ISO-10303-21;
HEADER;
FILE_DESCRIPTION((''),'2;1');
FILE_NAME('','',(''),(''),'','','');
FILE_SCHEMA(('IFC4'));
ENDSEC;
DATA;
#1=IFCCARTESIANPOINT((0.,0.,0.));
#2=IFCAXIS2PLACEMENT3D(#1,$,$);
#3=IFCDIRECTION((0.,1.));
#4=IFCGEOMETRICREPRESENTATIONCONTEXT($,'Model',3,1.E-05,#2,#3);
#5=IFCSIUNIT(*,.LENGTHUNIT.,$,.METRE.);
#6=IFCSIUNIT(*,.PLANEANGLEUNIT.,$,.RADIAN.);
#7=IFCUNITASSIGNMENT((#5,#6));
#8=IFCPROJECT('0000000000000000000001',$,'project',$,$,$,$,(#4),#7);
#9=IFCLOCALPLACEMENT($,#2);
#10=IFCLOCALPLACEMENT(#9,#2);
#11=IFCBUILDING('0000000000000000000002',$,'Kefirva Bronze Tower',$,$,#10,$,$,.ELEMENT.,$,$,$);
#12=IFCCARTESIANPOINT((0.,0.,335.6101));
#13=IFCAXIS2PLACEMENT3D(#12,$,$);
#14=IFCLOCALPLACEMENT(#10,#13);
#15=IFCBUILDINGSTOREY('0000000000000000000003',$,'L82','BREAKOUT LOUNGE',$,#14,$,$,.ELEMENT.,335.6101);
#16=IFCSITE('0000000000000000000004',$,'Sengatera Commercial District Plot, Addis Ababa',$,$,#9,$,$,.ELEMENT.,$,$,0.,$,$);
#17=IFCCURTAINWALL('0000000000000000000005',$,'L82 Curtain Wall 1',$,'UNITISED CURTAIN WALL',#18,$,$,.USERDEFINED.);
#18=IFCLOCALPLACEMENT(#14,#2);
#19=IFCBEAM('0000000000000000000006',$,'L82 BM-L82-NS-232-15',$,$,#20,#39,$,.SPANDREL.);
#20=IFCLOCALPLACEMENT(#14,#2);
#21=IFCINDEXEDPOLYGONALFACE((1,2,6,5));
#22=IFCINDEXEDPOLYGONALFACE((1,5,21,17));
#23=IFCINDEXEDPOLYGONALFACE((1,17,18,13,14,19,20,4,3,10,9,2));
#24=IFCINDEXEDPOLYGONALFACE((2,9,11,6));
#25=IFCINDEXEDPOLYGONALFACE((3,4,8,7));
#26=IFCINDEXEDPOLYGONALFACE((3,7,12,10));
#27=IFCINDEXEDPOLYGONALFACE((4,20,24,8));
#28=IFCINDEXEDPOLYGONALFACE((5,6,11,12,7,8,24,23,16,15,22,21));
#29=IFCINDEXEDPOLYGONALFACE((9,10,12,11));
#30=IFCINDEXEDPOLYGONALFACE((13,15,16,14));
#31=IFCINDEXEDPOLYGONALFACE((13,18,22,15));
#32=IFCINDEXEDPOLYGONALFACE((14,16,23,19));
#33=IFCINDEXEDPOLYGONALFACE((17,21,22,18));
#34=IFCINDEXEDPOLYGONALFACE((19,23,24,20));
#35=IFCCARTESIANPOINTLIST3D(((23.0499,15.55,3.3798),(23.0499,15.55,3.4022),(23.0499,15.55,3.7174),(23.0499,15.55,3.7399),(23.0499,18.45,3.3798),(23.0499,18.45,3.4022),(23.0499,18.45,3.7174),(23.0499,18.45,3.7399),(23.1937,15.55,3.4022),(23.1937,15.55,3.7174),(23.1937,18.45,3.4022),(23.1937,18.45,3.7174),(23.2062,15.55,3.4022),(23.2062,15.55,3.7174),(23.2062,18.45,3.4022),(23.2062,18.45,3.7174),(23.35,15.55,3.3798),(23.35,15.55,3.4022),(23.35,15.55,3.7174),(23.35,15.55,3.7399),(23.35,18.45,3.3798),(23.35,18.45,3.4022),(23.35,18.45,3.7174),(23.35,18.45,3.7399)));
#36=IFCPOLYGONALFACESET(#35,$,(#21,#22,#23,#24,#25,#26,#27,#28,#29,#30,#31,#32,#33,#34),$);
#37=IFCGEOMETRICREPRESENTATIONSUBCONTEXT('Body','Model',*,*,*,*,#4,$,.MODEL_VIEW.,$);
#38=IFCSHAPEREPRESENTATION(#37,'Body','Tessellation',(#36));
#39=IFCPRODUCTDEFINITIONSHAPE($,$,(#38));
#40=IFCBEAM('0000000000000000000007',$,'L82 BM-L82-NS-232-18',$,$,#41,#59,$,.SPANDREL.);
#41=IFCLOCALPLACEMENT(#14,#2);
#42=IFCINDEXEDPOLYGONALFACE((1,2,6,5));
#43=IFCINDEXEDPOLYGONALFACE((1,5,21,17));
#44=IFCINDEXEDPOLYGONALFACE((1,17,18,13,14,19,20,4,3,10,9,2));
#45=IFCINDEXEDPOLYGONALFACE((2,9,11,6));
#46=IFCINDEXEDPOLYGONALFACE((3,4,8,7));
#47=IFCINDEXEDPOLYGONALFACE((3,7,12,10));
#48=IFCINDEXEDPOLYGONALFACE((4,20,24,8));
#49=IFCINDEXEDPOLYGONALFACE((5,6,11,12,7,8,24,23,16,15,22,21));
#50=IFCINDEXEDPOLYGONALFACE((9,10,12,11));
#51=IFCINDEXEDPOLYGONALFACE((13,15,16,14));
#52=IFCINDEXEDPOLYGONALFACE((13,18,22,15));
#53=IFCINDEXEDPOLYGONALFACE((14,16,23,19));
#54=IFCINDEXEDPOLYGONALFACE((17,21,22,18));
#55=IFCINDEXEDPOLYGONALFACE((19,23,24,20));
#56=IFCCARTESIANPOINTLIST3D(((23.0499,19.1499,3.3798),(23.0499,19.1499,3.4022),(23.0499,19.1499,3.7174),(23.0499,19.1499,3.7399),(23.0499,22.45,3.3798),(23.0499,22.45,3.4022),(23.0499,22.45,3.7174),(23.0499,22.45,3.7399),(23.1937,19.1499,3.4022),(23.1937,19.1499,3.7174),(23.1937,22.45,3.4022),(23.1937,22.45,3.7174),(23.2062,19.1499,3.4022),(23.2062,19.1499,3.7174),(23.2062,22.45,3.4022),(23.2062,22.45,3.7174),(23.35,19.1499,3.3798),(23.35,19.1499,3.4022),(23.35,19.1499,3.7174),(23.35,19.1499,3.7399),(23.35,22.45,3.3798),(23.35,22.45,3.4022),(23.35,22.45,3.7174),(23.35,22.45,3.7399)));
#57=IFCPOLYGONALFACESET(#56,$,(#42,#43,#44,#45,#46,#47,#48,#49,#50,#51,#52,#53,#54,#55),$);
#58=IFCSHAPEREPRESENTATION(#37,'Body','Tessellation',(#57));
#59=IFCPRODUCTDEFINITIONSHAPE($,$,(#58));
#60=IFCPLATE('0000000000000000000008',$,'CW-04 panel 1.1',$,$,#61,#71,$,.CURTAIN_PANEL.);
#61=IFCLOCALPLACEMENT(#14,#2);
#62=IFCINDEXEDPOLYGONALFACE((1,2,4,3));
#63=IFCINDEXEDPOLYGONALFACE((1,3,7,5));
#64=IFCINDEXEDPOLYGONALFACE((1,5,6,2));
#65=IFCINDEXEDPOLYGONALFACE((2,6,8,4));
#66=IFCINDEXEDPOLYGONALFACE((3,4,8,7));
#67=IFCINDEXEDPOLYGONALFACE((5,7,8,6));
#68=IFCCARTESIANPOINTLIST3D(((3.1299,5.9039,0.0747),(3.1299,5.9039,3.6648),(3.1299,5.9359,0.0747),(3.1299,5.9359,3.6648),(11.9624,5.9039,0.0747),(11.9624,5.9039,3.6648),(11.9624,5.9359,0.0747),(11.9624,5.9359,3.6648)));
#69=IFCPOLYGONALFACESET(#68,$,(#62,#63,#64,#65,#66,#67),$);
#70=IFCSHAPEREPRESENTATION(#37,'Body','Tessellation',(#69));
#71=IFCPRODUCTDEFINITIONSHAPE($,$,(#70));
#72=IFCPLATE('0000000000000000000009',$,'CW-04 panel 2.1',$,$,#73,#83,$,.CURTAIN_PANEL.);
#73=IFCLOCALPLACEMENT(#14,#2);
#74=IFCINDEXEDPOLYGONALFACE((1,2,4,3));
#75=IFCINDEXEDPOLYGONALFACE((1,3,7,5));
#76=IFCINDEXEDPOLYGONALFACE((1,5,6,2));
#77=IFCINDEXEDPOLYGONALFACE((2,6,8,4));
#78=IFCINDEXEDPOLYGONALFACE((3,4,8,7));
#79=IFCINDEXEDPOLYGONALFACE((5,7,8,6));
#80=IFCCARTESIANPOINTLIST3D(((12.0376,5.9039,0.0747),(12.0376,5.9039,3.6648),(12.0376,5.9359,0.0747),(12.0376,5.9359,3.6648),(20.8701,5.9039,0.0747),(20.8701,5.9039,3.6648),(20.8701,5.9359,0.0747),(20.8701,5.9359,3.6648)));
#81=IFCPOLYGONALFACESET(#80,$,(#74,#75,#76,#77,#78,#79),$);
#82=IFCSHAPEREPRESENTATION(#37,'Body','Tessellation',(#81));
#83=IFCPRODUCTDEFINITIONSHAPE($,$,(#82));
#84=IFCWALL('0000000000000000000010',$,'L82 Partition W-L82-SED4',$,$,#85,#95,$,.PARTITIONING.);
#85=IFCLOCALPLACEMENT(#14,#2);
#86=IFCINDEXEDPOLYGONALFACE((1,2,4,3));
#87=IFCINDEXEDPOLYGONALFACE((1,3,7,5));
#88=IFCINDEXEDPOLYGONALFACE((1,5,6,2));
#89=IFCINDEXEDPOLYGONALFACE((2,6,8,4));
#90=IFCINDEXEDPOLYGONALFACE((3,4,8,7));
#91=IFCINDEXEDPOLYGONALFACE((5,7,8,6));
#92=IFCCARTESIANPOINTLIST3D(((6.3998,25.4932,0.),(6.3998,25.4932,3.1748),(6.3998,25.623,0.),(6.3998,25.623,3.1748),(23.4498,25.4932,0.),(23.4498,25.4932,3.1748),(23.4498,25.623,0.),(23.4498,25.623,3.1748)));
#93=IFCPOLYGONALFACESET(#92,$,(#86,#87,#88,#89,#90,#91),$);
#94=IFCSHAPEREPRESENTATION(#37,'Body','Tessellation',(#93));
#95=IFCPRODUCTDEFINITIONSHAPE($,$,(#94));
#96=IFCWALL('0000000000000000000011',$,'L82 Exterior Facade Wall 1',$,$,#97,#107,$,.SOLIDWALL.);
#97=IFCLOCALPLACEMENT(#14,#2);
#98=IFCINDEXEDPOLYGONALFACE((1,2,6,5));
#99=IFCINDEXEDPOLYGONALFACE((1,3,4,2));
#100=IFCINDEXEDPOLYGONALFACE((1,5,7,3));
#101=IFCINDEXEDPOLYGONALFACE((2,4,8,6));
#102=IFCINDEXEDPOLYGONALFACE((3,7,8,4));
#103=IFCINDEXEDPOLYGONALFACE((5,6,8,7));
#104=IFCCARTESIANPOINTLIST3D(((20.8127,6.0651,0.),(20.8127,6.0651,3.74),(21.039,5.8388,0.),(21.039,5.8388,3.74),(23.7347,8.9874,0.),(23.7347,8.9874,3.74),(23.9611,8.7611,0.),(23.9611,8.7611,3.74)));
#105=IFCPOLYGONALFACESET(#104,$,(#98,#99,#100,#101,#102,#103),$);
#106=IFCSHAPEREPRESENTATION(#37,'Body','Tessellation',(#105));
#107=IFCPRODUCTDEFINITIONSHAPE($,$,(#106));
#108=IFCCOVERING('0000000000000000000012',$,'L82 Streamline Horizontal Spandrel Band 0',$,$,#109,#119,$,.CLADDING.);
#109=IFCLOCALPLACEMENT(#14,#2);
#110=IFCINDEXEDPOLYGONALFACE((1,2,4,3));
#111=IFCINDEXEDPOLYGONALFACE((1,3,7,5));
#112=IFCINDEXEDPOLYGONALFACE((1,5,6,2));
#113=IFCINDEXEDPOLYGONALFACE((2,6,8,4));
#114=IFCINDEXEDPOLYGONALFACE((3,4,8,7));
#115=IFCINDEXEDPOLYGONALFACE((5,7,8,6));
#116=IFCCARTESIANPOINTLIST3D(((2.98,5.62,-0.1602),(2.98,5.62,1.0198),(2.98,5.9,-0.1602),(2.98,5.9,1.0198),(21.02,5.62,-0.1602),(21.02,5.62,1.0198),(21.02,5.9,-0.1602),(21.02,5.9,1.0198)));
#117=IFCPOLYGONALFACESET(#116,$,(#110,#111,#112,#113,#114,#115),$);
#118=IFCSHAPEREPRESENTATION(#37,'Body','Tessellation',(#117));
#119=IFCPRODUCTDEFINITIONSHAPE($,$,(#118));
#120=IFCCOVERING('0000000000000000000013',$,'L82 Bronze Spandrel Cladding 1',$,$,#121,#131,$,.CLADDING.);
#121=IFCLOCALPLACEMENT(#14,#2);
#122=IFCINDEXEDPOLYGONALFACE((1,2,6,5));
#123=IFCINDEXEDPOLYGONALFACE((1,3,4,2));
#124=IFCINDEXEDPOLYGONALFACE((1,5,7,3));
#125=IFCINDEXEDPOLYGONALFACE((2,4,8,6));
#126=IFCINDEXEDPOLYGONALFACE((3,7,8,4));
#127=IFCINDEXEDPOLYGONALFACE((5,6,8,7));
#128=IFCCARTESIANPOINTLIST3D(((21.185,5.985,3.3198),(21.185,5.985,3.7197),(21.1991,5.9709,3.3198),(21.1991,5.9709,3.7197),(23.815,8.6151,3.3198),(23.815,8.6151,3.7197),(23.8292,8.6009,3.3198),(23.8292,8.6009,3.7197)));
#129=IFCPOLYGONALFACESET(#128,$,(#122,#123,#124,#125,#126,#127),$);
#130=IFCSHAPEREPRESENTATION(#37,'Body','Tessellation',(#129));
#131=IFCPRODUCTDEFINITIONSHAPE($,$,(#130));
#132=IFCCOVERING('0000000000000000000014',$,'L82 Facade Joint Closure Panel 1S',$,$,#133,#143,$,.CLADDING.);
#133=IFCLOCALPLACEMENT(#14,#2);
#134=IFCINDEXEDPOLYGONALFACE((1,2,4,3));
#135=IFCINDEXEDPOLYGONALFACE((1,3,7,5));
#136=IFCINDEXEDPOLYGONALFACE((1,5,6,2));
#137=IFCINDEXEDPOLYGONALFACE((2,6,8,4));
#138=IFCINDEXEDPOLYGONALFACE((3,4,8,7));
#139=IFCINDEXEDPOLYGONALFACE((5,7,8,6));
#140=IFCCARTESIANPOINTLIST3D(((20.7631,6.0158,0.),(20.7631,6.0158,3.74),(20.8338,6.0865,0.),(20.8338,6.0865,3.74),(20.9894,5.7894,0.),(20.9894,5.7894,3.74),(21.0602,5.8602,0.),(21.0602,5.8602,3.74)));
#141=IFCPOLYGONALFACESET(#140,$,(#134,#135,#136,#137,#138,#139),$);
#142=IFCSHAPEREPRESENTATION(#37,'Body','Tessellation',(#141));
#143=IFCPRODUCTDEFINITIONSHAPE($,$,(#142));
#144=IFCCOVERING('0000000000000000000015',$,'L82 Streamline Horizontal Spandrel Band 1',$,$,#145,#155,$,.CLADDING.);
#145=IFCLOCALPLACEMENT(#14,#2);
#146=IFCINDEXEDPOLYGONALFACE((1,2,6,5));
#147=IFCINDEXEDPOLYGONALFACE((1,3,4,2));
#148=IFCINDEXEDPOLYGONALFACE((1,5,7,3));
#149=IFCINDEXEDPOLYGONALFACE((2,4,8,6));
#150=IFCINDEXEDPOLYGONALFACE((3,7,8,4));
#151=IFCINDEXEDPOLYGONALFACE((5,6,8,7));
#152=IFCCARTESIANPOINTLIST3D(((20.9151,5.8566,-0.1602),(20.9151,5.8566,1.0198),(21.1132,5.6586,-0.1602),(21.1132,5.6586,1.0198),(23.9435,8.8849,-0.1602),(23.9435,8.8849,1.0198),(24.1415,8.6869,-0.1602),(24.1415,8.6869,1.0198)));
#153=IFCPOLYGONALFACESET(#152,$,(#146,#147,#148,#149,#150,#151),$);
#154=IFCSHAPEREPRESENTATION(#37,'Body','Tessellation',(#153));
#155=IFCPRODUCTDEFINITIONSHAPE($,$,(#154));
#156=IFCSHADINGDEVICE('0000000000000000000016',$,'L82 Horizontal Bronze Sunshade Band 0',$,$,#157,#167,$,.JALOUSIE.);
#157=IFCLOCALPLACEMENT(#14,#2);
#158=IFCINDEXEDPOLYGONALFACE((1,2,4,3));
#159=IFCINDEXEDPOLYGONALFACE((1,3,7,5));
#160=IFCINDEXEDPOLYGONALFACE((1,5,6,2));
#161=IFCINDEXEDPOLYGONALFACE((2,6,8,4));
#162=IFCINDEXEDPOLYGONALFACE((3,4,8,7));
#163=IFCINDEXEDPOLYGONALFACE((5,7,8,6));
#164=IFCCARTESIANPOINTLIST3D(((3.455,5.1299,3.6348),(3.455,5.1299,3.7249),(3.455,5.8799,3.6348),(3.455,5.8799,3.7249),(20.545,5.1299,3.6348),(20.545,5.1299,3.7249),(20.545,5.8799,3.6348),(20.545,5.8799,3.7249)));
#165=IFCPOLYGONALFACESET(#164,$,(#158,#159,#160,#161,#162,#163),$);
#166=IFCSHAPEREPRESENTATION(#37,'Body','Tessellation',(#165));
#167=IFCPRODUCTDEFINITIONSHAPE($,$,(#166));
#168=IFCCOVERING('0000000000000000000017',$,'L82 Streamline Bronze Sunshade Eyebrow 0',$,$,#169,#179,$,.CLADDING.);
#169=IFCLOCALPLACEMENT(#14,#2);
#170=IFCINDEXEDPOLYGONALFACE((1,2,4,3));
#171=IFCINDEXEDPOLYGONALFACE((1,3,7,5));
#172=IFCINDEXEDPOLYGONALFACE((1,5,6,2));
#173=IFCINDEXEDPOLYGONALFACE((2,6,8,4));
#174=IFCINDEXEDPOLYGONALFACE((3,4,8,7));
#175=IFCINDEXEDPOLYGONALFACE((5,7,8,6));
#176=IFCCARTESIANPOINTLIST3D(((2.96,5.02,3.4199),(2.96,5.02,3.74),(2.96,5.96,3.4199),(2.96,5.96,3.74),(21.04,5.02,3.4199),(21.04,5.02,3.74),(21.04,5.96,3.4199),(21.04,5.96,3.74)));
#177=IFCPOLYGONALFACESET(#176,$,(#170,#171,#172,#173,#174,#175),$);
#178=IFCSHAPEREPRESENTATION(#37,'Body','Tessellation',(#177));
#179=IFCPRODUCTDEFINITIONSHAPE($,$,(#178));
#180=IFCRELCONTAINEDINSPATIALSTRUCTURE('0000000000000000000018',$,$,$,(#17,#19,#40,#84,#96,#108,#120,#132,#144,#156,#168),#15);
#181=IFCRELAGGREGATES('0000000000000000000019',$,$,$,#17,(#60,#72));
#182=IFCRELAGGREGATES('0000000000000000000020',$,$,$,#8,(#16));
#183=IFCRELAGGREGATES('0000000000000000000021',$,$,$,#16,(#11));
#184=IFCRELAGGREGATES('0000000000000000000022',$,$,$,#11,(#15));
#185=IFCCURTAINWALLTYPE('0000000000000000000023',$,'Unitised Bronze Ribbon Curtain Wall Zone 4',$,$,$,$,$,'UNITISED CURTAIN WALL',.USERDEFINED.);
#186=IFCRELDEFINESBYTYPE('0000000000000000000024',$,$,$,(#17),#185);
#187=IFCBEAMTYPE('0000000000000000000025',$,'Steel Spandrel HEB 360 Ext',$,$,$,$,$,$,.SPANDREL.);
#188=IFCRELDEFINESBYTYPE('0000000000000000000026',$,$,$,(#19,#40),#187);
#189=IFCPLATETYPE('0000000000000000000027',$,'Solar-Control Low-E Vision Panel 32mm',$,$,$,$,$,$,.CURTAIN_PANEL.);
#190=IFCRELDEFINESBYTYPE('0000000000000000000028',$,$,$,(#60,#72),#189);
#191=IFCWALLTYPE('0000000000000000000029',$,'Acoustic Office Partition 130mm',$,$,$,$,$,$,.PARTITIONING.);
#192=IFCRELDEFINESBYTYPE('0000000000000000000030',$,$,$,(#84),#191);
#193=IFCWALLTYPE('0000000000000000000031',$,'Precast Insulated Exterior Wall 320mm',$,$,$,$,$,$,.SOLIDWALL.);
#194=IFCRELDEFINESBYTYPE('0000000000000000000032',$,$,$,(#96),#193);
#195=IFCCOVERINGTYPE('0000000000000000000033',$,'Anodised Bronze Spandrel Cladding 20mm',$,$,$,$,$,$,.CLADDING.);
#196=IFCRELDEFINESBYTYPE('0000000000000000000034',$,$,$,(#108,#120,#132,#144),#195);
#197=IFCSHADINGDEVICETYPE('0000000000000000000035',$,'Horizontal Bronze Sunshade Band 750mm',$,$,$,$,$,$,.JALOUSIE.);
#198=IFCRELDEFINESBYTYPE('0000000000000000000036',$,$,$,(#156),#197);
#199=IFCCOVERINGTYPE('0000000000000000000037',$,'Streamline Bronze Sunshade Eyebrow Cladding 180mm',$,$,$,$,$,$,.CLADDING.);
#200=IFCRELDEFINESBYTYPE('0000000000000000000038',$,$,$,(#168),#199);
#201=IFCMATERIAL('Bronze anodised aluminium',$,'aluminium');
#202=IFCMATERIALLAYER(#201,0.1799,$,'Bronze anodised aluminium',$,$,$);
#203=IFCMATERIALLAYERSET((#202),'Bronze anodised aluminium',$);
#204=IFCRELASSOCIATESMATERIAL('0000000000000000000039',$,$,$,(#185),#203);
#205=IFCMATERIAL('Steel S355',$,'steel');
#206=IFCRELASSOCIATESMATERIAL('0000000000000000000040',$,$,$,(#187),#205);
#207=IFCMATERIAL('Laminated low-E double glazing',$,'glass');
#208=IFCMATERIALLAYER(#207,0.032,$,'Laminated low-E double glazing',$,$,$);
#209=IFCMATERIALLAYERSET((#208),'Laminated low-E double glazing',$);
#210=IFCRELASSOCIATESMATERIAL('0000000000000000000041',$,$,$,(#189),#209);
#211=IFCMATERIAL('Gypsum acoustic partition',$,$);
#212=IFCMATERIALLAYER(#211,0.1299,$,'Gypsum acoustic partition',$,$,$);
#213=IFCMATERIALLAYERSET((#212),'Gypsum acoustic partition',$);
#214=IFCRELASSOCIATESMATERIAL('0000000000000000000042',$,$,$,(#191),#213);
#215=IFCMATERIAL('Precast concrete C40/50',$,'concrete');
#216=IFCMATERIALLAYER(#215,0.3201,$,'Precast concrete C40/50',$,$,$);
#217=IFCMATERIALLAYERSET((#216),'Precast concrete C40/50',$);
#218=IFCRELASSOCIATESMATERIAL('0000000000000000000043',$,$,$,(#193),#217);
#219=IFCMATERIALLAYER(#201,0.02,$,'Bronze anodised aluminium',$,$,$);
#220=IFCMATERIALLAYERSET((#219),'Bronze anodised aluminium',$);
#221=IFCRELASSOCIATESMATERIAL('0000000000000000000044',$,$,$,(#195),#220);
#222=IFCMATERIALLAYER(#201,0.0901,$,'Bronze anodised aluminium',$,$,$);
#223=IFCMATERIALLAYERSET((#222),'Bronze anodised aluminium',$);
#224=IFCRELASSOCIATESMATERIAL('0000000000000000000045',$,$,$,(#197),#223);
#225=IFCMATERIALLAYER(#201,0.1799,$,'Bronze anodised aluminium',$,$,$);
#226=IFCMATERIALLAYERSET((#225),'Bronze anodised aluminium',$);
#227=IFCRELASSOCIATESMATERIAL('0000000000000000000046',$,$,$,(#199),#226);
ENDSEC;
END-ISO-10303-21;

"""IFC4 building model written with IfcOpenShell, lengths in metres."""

from ifc_helpers import new_model, si_unit, direction, frame, frame_2d, origin, origin_2d, place, context, subcontext, project, spatial, rectangle, i_section, extrude, material, layer, layer_set, material_profile, profile_set, type_object, element, aggregate, save


model = new_model("IFC4")

# Units and contexts
model_context = context("Model", 3, precision=1e-05, world=origin(), true_north=direction((0.0, 1.0)))
body_context = subcontext(model_context, "Body", "Model", "MODEL_VIEW")
ifc_project = project(units=[si_unit("LENGTHUNIT", "METRE"), si_unit("PLANEANGLEUNIT", "RADIAN")], contexts=[model_context])

# Site, building, storey
site_placement = place(None, origin())
site = spatial("IfcSite", under=ifc_project, at=site_placement, Name="Sengatera Commercial District Plot, Addis Ababa", CompositionType="ELEMENT", RefElevation=0.0)
building_placement = place(site_placement, origin())
building = spatial("IfcBuilding", under=site, at=building_placement, Name="Kefirva Bronze Tower", CompositionType="ELEMENT")
storey_placement = place(building_placement, frame((0.0, 0.0, 335.6101)))
storey = spatial("IfcBuildingStorey", under=building, at=storey_placement, Name="L82", Description="BREAKOUT LOUNGE", CompositionType="ELEMENT", Elevation=335.6101)

# Curtain wall
ifc_material_1 = material(Name="Bronze anodised aluminium", Category="aluminium")
ifc_layer_1 = layer(ifc_material_1, 0.1799, Name="Bronze anodised aluminium")
ifc_layer_set_1 = layer_set([ifc_layer_1], Name="Bronze anodised aluminium")
curtain_wall_type = type_object("IfcCurtainWallType", Name="Unitised Bronze Ribbon Curtain Wall Zone 4", ElementType="UNITISED CURTAIN WALL", PredefinedType="USERDEFINED", material=ifc_layer_set_1)
curtain_wall_placement = place(storey_placement, origin())
curtain_wall = element("IfcCurtainWall", 1, at=curtain_wall_placement, inside=storey, type_object=curtain_wall_type, Name="L82 Curtain Wall 1", ObjectType="UNITISED CURTAIN WALL", PredefinedType="USERDEFINED")

# Beams
ifc_material_2 = material(Name="Steel S355", Category="steel")
ifc_material_profile_1 = material_profile(ifc_material_2, i_section(OverallWidth=0.3, OverallDepth=0.3601, WebThickness=0.0125, FlangeThickness=0.0225, at=origin_2d()), Name="HEB 360")
ifc_profile_set_1 = profile_set([ifc_material_profile_1], Name="Steel S355")
beam_type_1 = type_object("IfcBeamType", Name="Steel Spandrel HEB 360 Ext", PredefinedType="SPANDREL", material=ifc_profile_set_1)
beam_1_placement = place(storey_placement, frame((23.2, 15.55, 3.5598), z_axis=(0.0, 1.0, 0.0), x_axis=(-1.0, 0.0, 0.0)))
element("IfcBeam", 2, at=beam_1_placement, inside=storey, type_object=beam_type_1, Name="L82 BM-L82-NS-232-15", PredefinedType="SPANDREL", context=body_context, shape_type="SweptSolid", body=[
    extrude(i_section(OverallWidth=0.3, OverallDepth=0.3601, WebThickness=0.0125, FlangeThickness=0.0225, at=origin_2d()), origin(), (0.0, 0.0, 1.0), 2.8999),
])
beam_2_placement = place(storey_placement, frame((23.2, 19.1499, 3.5598), z_axis=(0.0, 1.0, 0.0), x_axis=(-1.0, 0.0, 0.0)))
element("IfcBeam", 3, at=beam_2_placement, inside=storey, type_object=beam_type_1, Name="L82 BM-L82-NS-232-18", PredefinedType="SPANDREL", context=body_context, shape_type="SweptSolid", body=[
    extrude(i_section(OverallWidth=0.3, OverallDepth=0.3601, WebThickness=0.0125, FlangeThickness=0.0225, at=origin_2d()), origin(), (0.0, 0.0, 1.0), 3.3),
])

# Plates
ifc_material_3 = material(Name="Laminated low-E double glazing", Category="glass")
ifc_layer_2 = layer(ifc_material_3, 0.032, Name="Laminated low-E double glazing")
ifc_layer_set_2 = layer_set([ifc_layer_2], Name="Laminated low-E double glazing")
plate_type = type_object("IfcPlateType", Name="Solar-Control Low-E Vision Panel 32mm", PredefinedType="CURTAIN_PANEL", material=ifc_layer_set_2)
plate_1_placement = place(storey_placement, frame((7.5461, 5.9199, 0.0747), z_axis=(0.0, 0.0, 1.0), x_axis=(1.0, 0.0, 0.0)))
plate_1 = element("IfcPlate", 4, at=plate_1_placement, type_object=plate_type, Name="CW-04 panel 1.1", PredefinedType="CURTAIN_PANEL", context=body_context, shape_type="SweptSolid", body=[
    extrude(rectangle(XDim=8.8325, YDim=0.032, at=origin_2d()), origin(), (0.0, 0.0, 1.0), 3.5901),
])
plate_2_placement = place(storey_placement, frame((16.4539, 5.9199, 0.0747), z_axis=(0.0, 0.0, 1.0), x_axis=(1.0, 0.0, 0.0)))
plate_2 = element("IfcPlate", 5, at=plate_2_placement, type_object=plate_type, Name="CW-04 panel 2.1", PredefinedType="CURTAIN_PANEL", context=body_context, shape_type="SweptSolid", body=[
    extrude(rectangle(XDim=8.8325, YDim=0.032, at=origin_2d()), origin(), (0.0, 0.0, 1.0), 3.5901),
])
aggregate(curtain_wall, [plate_1, plate_2])

# Walls
ifc_material_4 = material(Name="Gypsum acoustic partition")
ifc_layer_3 = layer(ifc_material_4, 0.1299, Name="Gypsum acoustic partition")
ifc_layer_set_3 = layer_set([ifc_layer_3], Name="Gypsum acoustic partition")
wall_type_1 = type_object("IfcWallType", Name="Acoustic Office Partition 130mm", PredefinedType="PARTITIONING", material=ifc_layer_set_3)
wall_1_placement = place(storey_placement, frame((6.3999, 25.5581, 0.0), z_axis=(0.0, 0.0, 1.0), x_axis=(1.0, 0.0, 0.0)))
element("IfcWall", 6, at=wall_1_placement, inside=storey, type_object=wall_type_1, Name="L82 Partition W-L82-SED4", PredefinedType="PARTITIONING", context=body_context, shape_type="SweptSolid", body=[
    extrude(rectangle(XDim=17.05, YDim=0.1299, at=frame_2d((8.5249, 0.0))), origin(), (0.0, 0.0, 1.0), 3.1748),
])
ifc_material_5 = material(Name="Precast concrete C40/50", Category="concrete")
ifc_layer_4 = layer(ifc_material_5, 0.3201, Name="Precast concrete C40/50")
ifc_layer_set_4 = layer_set([ifc_layer_4], Name="Precast concrete C40/50")
wall_type_2 = type_object("IfcWallType", Name="Precast Insulated Exterior Wall 320mm", PredefinedType="SOLIDWALL", material=ifc_layer_set_4)
wall_2_placement = place(storey_placement, frame((20.9258, 5.9519, 0.0), z_axis=(0.0, 0.0, 1.0), x_axis=(0.707077, 0.707136, 0.0)))
element("IfcWall", 7, at=wall_2_placement, inside=storey, type_object=wall_type_2, Name="L82 Exterior Facade Wall 1", PredefinedType="SOLIDWALL", context=body_context, shape_type="SweptSolid", body=[
    extrude(rectangle(XDim=4.1326, YDim=0.3201, at=frame_2d((2.0664, 0.0))), origin(), (0.0, 0.0, 1.0), 3.74),
])

# Coverings
ifc_layer_5 = layer(ifc_material_1, 0.02, Name="Bronze anodised aluminium")
ifc_layer_set_5 = layer_set([ifc_layer_5], Name="Bronze anodised aluminium")
covering_type_1 = type_object("IfcCoveringType", Name="Anodised Bronze Spandrel Cladding 20mm", PredefinedType="CLADDING", material=ifc_layer_set_5)
covering_1_placement = place(storey_placement, frame((12.0, 5.76, -0.1602), z_axis=(0.0, 0.0, 1.0), x_axis=(1.0, 0.0, 0.0)))
element("IfcCovering", 8, at=covering_1_placement, inside=storey, type_object=covering_type_1, Name="L82 Streamline Horizontal Spandrel Band 0", PredefinedType="CLADDING", context=body_context, shape_type="SweptSolid", body=[
    extrude(rectangle(XDim=18.04, YDim=0.28, at=origin_2d()), origin(), (0.0, 0.0, 1.0), 1.1799),
])
covering_2_placement = place(storey_placement, frame((22.5071, 7.293, 3.3198), z_axis=(0.0, 0.0, 1.0), x_axis=(0.707107, 0.707107, 0.0)))
element("IfcCovering", 9, at=covering_2_placement, inside=storey, type_object=covering_type_1, Name="L82 Bronze Spandrel Cladding 1", PredefinedType="CLADDING", context=body_context, shape_type="SweptSolid", body=[
    extrude(rectangle(XDim=3.7195, YDim=0.02, at=origin_2d()), origin(), (0.0, 0.0, 1.0), 0.3999),
])
covering_3_placement = place(storey_placement, frame((20.9116, 5.938, 0.0), z_axis=(0.0, 0.0, 1.0), x_axis=(0.707107, 0.707107, 0.0)))
element("IfcCovering", 10, at=covering_3_placement, inside=storey, type_object=covering_type_1, Name="L82 Facade Joint Closure Panel 1S", PredefinedType="CLADDING", context=body_context, shape_type="SweptSolid", body=[
    extrude(rectangle(XDim=0.1001, YDim=0.3201, at=origin_2d()), origin(), (0.0, 0.0, 1.0), 3.74),
])
covering_4_placement = place(storey_placement, frame((22.5283, 7.2717, -0.1602), z_axis=(0.0, 0.0, 1.0), x_axis=(0.707107, 0.707107, 0.0)))
element("IfcCovering", 11, at=covering_4_placement, inside=storey, type_object=covering_type_1, Name="L82 Streamline Horizontal Spandrel Band 1", PredefinedType="CLADDING", context=body_context, shape_type="SweptSolid", body=[
    extrude(rectangle(XDim=4.2827, YDim=0.28, at=origin_2d()), origin(), (0.0, 0.0, 1.0), 1.1799),
])

# Shading device
ifc_layer_6 = layer(ifc_material_1, 0.0901, Name="Bronze anodised aluminium")
ifc_layer_set_6 = layer_set([ifc_layer_6], Name="Bronze anodised aluminium")
shading_device_type = type_object("IfcShadingDeviceType", Name="Horizontal Bronze Sunshade Band 750mm", PredefinedType="JALOUSIE", material=ifc_layer_set_6)
shading_device_placement = place(storey_placement, frame((12.0, 5.5049, 3.6348), z_axis=(0.0, 0.0, 1.0), x_axis=(1.0, 0.0, 0.0)))
element("IfcShadingDevice", 12, at=shading_device_placement, inside=storey, type_object=shading_device_type, Name="L82 Horizontal Bronze Sunshade Band 0", PredefinedType="JALOUSIE", context=body_context, shape_type="SweptSolid", body=[
    extrude(rectangle(XDim=17.0901, YDim=0.75, at=origin_2d()), origin(), (0.0, 0.0, 1.0), 0.0901),
])

# Covering
ifc_layer_7 = layer(ifc_material_1, 0.1799, Name="Bronze anodised aluminium")
ifc_layer_set_7 = layer_set([ifc_layer_7], Name="Bronze anodised aluminium")
covering_type_2 = type_object("IfcCoveringType", Name="Streamline Bronze Sunshade Eyebrow Cladding 180mm", PredefinedType="CLADDING", material=ifc_layer_set_7)
covering_5_placement = place(storey_placement, frame((12.0, 5.49, 3.4199), z_axis=(0.0, 0.0, 1.0), x_axis=(1.0, 0.0, 0.0)))
element("IfcCovering", 13, at=covering_5_placement, inside=storey, type_object=covering_type_2, Name="L82 Streamline Bronze Sunshade Eyebrow 0", PredefinedType="CLADDING", context=body_context, shape_type="SweptSolid", body=[
    extrude(rectangle(XDim=18.0801, YDim=0.9399, at=origin_2d()), origin(), (0.0, 0.0, 1.0), 0.3201),
])

save(model, "model.ifc")
